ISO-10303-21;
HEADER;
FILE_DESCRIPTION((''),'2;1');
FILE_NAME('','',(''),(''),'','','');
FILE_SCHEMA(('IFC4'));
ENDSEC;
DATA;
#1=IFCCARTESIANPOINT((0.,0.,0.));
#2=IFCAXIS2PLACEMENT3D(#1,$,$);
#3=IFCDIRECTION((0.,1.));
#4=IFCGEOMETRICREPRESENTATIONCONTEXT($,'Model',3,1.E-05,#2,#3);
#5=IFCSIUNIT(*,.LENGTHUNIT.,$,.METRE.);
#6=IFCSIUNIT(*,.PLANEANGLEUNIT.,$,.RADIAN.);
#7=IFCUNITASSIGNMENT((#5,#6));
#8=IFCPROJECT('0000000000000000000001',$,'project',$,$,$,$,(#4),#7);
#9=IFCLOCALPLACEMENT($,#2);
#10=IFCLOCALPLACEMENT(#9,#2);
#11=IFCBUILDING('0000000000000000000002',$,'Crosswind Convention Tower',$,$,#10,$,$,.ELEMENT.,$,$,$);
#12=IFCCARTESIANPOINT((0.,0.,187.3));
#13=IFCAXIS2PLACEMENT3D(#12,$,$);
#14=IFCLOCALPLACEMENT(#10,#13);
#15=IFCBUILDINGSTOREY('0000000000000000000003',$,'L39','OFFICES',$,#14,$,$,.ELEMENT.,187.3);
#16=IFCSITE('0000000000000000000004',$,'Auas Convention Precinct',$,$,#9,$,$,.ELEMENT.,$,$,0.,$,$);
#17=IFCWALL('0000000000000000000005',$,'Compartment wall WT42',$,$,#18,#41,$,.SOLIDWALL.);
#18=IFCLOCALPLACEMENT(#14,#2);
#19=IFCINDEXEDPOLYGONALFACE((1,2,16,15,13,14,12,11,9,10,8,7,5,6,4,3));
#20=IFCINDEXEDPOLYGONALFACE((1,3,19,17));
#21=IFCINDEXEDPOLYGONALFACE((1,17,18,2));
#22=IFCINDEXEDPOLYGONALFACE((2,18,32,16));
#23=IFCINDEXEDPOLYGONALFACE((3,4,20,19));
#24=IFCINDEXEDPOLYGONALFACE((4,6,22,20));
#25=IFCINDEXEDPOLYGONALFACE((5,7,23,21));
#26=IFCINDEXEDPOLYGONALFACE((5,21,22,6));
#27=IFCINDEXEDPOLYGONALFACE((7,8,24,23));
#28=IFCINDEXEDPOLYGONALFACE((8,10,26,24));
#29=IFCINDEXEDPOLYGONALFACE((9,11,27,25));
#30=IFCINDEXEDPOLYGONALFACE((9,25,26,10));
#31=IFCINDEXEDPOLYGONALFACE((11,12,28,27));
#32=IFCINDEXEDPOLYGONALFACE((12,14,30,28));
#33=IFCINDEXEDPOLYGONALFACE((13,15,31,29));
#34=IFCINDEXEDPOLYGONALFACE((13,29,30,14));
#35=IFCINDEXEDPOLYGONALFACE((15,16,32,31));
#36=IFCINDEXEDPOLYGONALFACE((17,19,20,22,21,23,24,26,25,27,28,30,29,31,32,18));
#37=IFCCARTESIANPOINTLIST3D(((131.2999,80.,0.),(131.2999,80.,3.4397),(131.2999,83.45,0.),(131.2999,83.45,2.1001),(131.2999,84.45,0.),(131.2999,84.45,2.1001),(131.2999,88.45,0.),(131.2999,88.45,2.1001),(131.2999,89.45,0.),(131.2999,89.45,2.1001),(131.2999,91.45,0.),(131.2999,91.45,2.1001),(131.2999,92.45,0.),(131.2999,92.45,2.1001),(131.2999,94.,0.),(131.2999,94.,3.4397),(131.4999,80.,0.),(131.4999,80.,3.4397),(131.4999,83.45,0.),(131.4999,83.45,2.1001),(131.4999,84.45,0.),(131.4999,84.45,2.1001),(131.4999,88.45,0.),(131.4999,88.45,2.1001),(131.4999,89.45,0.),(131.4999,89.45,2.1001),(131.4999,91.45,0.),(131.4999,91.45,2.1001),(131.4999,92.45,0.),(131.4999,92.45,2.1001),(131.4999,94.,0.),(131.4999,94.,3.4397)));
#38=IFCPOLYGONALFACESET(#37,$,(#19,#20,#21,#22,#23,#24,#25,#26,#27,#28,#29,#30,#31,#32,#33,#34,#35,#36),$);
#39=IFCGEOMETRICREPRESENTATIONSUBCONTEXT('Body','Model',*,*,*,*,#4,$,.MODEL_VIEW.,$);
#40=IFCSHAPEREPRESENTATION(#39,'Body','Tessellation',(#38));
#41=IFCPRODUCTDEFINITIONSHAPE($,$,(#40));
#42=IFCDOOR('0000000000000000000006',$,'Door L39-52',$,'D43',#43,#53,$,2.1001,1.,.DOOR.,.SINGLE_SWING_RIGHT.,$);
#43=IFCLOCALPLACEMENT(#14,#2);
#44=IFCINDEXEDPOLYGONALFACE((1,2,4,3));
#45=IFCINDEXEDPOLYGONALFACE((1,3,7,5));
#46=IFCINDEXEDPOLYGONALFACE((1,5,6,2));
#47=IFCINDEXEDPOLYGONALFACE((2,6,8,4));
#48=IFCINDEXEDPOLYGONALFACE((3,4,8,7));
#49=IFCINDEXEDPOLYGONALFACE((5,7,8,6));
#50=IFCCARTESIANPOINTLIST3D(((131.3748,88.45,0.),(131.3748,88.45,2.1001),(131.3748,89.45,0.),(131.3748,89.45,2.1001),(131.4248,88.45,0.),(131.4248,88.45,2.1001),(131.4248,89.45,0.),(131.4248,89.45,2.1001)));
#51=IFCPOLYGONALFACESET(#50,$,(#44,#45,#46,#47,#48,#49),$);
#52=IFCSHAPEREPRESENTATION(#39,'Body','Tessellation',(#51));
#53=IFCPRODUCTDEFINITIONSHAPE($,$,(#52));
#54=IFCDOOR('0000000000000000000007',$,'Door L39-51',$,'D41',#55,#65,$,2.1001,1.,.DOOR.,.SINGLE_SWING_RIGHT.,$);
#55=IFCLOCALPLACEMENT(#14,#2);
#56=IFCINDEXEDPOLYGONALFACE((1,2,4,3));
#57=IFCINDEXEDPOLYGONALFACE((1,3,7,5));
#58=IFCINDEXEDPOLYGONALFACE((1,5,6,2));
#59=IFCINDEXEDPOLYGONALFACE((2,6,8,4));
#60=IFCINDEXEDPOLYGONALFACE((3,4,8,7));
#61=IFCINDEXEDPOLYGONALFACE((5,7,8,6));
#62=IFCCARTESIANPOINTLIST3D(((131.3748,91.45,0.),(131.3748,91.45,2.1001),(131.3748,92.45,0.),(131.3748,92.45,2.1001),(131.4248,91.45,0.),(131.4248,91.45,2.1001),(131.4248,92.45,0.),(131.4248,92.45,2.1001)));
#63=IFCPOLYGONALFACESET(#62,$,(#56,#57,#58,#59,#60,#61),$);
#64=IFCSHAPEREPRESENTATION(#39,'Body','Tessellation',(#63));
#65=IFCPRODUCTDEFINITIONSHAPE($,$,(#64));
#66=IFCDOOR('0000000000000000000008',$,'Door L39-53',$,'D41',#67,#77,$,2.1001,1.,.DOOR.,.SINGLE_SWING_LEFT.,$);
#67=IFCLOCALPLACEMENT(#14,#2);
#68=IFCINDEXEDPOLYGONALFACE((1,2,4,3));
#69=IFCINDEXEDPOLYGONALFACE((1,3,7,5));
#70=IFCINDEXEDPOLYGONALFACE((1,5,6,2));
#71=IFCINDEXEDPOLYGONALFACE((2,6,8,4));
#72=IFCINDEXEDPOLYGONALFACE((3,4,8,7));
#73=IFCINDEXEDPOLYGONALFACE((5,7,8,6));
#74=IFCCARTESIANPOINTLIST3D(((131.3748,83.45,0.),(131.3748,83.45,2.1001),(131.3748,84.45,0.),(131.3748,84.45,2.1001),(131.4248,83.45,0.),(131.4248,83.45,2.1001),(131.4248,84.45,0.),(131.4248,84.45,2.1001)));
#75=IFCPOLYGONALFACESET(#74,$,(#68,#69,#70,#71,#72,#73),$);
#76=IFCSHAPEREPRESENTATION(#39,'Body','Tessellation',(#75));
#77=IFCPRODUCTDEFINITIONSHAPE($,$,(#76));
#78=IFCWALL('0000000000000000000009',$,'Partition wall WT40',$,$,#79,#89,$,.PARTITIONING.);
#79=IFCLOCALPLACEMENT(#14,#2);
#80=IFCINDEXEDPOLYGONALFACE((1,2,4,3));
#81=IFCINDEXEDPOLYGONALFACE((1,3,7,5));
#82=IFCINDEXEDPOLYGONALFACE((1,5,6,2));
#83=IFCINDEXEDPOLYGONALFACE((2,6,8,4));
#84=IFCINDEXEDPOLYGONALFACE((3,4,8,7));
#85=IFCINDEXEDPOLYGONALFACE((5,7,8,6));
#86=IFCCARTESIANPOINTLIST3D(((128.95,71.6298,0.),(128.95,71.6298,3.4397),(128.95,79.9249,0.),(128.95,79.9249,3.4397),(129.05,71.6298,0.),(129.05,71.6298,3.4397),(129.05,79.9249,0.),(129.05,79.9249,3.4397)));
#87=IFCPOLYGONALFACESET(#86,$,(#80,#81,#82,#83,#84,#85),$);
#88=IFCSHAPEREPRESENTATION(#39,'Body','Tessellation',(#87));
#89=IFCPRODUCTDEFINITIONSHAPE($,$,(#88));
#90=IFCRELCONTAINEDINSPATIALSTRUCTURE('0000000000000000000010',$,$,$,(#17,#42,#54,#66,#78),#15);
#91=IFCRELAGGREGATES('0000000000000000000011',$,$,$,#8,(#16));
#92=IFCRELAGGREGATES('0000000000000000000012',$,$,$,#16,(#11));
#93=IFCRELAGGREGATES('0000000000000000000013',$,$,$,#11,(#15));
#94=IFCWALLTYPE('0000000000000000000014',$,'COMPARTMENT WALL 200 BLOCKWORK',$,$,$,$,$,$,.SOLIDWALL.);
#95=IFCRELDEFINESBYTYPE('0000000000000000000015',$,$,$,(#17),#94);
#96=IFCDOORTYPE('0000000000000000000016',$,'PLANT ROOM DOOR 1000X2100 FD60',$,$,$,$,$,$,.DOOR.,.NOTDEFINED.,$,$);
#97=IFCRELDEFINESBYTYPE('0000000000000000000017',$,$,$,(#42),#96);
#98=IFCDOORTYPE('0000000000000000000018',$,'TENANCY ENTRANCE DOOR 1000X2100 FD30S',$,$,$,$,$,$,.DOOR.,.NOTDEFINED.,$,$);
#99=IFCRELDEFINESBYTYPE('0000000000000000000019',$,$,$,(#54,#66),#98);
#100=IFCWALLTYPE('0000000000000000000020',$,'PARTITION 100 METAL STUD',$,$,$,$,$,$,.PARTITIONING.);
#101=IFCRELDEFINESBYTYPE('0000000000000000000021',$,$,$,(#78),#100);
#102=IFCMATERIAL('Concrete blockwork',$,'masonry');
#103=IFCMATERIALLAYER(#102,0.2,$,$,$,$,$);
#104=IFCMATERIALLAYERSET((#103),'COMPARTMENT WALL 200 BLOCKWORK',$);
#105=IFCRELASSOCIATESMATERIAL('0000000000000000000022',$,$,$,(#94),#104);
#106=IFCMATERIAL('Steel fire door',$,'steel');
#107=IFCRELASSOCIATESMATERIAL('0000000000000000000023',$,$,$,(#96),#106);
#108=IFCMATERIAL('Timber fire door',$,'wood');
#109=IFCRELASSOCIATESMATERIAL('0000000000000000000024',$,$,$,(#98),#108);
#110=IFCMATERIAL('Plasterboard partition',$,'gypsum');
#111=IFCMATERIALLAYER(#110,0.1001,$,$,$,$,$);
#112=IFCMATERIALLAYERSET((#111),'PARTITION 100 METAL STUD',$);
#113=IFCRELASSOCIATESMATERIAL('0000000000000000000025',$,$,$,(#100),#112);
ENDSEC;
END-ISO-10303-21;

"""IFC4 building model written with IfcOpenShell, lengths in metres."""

from ifc_helpers import new_model, si_unit, direction, frame, frame_2d, origin, place, context, subcontext, project, spatial, rectangle, extrude, material, layer, layer_set, type_object, element, fill, save


model = new_model("IFC4")

# Units and contexts
model_context = context("Model", 3, precision=1e-05, world=origin(), true_north=direction((0.0, 1.0)))
body_context = subcontext(model_context, "Body", "Model", "MODEL_VIEW")
ifc_project = project(units=[si_unit("LENGTHUNIT", "METRE"), si_unit("PLANEANGLEUNIT", "RADIAN")], contexts=[model_context])

# Site, building, storey
site_placement = place(None, origin())
site = spatial("IfcSite", under=ifc_project, at=site_placement, Name="Auas Convention Precinct", CompositionType="ELEMENT", RefElevation=0.0)
building_placement = place(site_placement, origin())
building = spatial("IfcBuilding", under=site, at=building_placement, Name="Crosswind Convention Tower", CompositionType="ELEMENT")
storey_placement = place(building_placement, frame((0.0, 0.0, 187.3)))
storey = spatial("IfcBuildingStorey", under=building, at=storey_placement, Name="L39", Description="OFFICES", CompositionType="ELEMENT", Elevation=187.3)

# Wall, openings, doors
ifc_material_1 = material(Name="Concrete blockwork", Category="masonry")
ifc_layer_1 = layer(ifc_material_1, 0.2)
ifc_layer_set_1 = layer_set([ifc_layer_1], Name="COMPARTMENT WALL 200 BLOCKWORK")
wall_type_1 = type_object("IfcWallType", Name="COMPARTMENT WALL 200 BLOCKWORK", PredefinedType="SOLIDWALL", material=ifc_layer_set_1)
wall_1_placement = place(storey_placement, frame((131.3999, 80.0, 0.0), z_axis=(0.0, 0.0, 1.0), x_axis=(0.0, 1.0, 0.0)))
wall_1 = element("IfcWall", 1, at=wall_1_placement, inside=storey, type_object=wall_type_1, Name="Compartment wall WT42", PredefinedType="SOLIDWALL", context=body_context, shape_type="SweptSolid", body=[
    extrude(rectangle(XDim=14.0, YDim=0.2, at=frame_2d((7.0, 0.0))), origin(), (0.0, 0.0, 1.0), 3.4397),
])
opening_1_placement = place(wall_1_placement, frame((11.45, 0.0, 0.0)))
opening_1 = element("IfcOpeningElement", 2, at=opening_1_placement, cuts=wall_1, PredefinedType="OPENING", context=body_context, shape_type="SweptSolid", body=[
    extrude(rectangle(XDim=1.0, YDim=2.1001, at=frame_2d((0.5, 1.05))), frame((0.0, 0.1099, 0.0), z_axis=(0.0, -1.0, 0.0), x_axis=(1.0, 0.0, 0.0)), (0.0, 0.0, 1.0), 0.22),
])
opening_2_placement = place(wall_1_placement, frame((8.45, 0.0, 0.0)))
opening_2 = element("IfcOpeningElement", 3, at=opening_2_placement, cuts=wall_1, PredefinedType="OPENING", context=body_context, shape_type="SweptSolid", body=[
    extrude(rectangle(XDim=1.0, YDim=2.1001, at=frame_2d((0.5, 1.05))), frame((0.0, 0.1099, 0.0), z_axis=(0.0, -1.0, 0.0), x_axis=(1.0, 0.0, 0.0)), (0.0, 0.0, 1.0), 0.22),
])
opening_3_placement = place(wall_1_placement, frame((3.45, 0.0, 0.0)))
opening_3 = element("IfcOpeningElement", 4, at=opening_3_placement, cuts=wall_1, PredefinedType="OPENING", context=body_context, shape_type="SweptSolid", body=[
    extrude(rectangle(XDim=1.0, YDim=2.1001, at=frame_2d((0.5, 1.05))), frame((0.0, 0.1099, 0.0), z_axis=(0.0, -1.0, 0.0), x_axis=(1.0, 0.0, 0.0)), (0.0, 0.0, 1.0), 0.22),
])
ifc_material_2 = material(Name="Steel fire door", Category="steel")
door_type_1 = type_object("IfcDoorType", Name="PLANT ROOM DOOR 1000X2100 FD60", OperationType="NOTDEFINED", PredefinedType="DOOR", material=ifc_material_2)
door_1_placement = place(opening_2_placement, frame((1.0, 0.0, 0.0), z_axis=(0.0, 0.0, 1.0), x_axis=(-1.0, 0.0, 0.0)))
door_1 = element("IfcDoor", 5, at=door_1_placement, inside=storey, type_object=door_type_1, Name="Door L39-52", ObjectType="D43", OperationType="SINGLE_SWING_RIGHT", OverallHeight=2.1001, OverallWidth=1.0, PredefinedType="DOOR", context=body_context, shape_type="SweptSolid", body=[
    extrude(rectangle(XDim=1.0, YDim=2.1001, at=frame_2d((0.5, 1.05))), frame((0.0, 0.0249, 0.0), z_axis=(0.0, -1.0, 0.0), x_axis=(1.0, 0.0, 0.0)), (0.0, 0.0, 1.0), 0.05),
])
fill(opening_2, door_1)
ifc_material_3 = material(Name="Timber fire door", Category="wood")
door_type_2 = type_object("IfcDoorType", Name="TENANCY ENTRANCE DOOR 1000X2100 FD30S", OperationType="NOTDEFINED", PredefinedType="DOOR", material=ifc_material_3)
door_2_placement = place(opening_1_placement, frame((1.0, 0.0, 0.0), z_axis=(0.0, 0.0, 1.0), x_axis=(-1.0, 0.0, 0.0)))
door_2 = element("IfcDoor", 6, at=door_2_placement, inside=storey, type_object=door_type_2, Name="Door L39-51", ObjectType="D41", OperationType="SINGLE_SWING_RIGHT", OverallHeight=2.1001, OverallWidth=1.0, PredefinedType="DOOR", context=body_context, shape_type="SweptSolid", body=[
    extrude(rectangle(XDim=1.0, YDim=2.1001, at=frame_2d((0.5, 1.05))), frame((0.0, 0.0249, 0.0), z_axis=(0.0, -1.0, 0.0), x_axis=(1.0, 0.0, 0.0)), (0.0, 0.0, 1.0), 0.05),
])
fill(opening_1, door_2)
door_3_placement = place(opening_3_placement, frame((1.0, 0.0, 0.0), z_axis=(0.0, 0.0, 1.0), x_axis=(-1.0, 0.0, 0.0)))
door_3 = element("IfcDoor", 7, at=door_3_placement, inside=storey, type_object=door_type_2, Name="Door L39-53", ObjectType="D41", OperationType="SINGLE_SWING_LEFT", OverallHeight=2.1001, OverallWidth=1.0, PredefinedType="DOOR", context=body_context, shape_type="SweptSolid", body=[
    extrude(rectangle(XDim=1.0, YDim=2.1001, at=frame_2d((0.5, 1.05))), frame((0.0, 0.0249, 0.0), z_axis=(0.0, -1.0, 0.0), x_axis=(1.0, 0.0, 0.0)), (0.0, 0.0, 1.0), 0.05),
])
fill(opening_3, door_3)

# Wall
ifc_material_4 = material(Name="Plasterboard partition", Category="gypsum")
ifc_layer_2 = layer(ifc_material_4, 0.1001)
ifc_layer_set_2 = layer_set([ifc_layer_2], Name="PARTITION 100 METAL STUD")
wall_type_2 = type_object("IfcWallType", Name="PARTITION 100 METAL STUD", PredefinedType="PARTITIONING", material=ifc_layer_set_2)
wall_2_placement = place(storey_placement, frame((129.0, 71.6299, 0.0), z_axis=(0.0, 0.0, 1.0), x_axis=(0.0, 1.0, 0.0)))
element("IfcWall", 8, at=wall_2_placement, inside=storey, type_object=wall_type_2, Name="Partition wall WT40", PredefinedType="PARTITIONING", context=body_context, shape_type="SweptSolid", body=[
    extrude(rectangle(XDim=8.2952, YDim=0.1001, at=frame_2d((4.1475, 0.0))), origin(), (0.0, 0.0, 1.0), 3.4397),
])

save(model, "model.ifc")
